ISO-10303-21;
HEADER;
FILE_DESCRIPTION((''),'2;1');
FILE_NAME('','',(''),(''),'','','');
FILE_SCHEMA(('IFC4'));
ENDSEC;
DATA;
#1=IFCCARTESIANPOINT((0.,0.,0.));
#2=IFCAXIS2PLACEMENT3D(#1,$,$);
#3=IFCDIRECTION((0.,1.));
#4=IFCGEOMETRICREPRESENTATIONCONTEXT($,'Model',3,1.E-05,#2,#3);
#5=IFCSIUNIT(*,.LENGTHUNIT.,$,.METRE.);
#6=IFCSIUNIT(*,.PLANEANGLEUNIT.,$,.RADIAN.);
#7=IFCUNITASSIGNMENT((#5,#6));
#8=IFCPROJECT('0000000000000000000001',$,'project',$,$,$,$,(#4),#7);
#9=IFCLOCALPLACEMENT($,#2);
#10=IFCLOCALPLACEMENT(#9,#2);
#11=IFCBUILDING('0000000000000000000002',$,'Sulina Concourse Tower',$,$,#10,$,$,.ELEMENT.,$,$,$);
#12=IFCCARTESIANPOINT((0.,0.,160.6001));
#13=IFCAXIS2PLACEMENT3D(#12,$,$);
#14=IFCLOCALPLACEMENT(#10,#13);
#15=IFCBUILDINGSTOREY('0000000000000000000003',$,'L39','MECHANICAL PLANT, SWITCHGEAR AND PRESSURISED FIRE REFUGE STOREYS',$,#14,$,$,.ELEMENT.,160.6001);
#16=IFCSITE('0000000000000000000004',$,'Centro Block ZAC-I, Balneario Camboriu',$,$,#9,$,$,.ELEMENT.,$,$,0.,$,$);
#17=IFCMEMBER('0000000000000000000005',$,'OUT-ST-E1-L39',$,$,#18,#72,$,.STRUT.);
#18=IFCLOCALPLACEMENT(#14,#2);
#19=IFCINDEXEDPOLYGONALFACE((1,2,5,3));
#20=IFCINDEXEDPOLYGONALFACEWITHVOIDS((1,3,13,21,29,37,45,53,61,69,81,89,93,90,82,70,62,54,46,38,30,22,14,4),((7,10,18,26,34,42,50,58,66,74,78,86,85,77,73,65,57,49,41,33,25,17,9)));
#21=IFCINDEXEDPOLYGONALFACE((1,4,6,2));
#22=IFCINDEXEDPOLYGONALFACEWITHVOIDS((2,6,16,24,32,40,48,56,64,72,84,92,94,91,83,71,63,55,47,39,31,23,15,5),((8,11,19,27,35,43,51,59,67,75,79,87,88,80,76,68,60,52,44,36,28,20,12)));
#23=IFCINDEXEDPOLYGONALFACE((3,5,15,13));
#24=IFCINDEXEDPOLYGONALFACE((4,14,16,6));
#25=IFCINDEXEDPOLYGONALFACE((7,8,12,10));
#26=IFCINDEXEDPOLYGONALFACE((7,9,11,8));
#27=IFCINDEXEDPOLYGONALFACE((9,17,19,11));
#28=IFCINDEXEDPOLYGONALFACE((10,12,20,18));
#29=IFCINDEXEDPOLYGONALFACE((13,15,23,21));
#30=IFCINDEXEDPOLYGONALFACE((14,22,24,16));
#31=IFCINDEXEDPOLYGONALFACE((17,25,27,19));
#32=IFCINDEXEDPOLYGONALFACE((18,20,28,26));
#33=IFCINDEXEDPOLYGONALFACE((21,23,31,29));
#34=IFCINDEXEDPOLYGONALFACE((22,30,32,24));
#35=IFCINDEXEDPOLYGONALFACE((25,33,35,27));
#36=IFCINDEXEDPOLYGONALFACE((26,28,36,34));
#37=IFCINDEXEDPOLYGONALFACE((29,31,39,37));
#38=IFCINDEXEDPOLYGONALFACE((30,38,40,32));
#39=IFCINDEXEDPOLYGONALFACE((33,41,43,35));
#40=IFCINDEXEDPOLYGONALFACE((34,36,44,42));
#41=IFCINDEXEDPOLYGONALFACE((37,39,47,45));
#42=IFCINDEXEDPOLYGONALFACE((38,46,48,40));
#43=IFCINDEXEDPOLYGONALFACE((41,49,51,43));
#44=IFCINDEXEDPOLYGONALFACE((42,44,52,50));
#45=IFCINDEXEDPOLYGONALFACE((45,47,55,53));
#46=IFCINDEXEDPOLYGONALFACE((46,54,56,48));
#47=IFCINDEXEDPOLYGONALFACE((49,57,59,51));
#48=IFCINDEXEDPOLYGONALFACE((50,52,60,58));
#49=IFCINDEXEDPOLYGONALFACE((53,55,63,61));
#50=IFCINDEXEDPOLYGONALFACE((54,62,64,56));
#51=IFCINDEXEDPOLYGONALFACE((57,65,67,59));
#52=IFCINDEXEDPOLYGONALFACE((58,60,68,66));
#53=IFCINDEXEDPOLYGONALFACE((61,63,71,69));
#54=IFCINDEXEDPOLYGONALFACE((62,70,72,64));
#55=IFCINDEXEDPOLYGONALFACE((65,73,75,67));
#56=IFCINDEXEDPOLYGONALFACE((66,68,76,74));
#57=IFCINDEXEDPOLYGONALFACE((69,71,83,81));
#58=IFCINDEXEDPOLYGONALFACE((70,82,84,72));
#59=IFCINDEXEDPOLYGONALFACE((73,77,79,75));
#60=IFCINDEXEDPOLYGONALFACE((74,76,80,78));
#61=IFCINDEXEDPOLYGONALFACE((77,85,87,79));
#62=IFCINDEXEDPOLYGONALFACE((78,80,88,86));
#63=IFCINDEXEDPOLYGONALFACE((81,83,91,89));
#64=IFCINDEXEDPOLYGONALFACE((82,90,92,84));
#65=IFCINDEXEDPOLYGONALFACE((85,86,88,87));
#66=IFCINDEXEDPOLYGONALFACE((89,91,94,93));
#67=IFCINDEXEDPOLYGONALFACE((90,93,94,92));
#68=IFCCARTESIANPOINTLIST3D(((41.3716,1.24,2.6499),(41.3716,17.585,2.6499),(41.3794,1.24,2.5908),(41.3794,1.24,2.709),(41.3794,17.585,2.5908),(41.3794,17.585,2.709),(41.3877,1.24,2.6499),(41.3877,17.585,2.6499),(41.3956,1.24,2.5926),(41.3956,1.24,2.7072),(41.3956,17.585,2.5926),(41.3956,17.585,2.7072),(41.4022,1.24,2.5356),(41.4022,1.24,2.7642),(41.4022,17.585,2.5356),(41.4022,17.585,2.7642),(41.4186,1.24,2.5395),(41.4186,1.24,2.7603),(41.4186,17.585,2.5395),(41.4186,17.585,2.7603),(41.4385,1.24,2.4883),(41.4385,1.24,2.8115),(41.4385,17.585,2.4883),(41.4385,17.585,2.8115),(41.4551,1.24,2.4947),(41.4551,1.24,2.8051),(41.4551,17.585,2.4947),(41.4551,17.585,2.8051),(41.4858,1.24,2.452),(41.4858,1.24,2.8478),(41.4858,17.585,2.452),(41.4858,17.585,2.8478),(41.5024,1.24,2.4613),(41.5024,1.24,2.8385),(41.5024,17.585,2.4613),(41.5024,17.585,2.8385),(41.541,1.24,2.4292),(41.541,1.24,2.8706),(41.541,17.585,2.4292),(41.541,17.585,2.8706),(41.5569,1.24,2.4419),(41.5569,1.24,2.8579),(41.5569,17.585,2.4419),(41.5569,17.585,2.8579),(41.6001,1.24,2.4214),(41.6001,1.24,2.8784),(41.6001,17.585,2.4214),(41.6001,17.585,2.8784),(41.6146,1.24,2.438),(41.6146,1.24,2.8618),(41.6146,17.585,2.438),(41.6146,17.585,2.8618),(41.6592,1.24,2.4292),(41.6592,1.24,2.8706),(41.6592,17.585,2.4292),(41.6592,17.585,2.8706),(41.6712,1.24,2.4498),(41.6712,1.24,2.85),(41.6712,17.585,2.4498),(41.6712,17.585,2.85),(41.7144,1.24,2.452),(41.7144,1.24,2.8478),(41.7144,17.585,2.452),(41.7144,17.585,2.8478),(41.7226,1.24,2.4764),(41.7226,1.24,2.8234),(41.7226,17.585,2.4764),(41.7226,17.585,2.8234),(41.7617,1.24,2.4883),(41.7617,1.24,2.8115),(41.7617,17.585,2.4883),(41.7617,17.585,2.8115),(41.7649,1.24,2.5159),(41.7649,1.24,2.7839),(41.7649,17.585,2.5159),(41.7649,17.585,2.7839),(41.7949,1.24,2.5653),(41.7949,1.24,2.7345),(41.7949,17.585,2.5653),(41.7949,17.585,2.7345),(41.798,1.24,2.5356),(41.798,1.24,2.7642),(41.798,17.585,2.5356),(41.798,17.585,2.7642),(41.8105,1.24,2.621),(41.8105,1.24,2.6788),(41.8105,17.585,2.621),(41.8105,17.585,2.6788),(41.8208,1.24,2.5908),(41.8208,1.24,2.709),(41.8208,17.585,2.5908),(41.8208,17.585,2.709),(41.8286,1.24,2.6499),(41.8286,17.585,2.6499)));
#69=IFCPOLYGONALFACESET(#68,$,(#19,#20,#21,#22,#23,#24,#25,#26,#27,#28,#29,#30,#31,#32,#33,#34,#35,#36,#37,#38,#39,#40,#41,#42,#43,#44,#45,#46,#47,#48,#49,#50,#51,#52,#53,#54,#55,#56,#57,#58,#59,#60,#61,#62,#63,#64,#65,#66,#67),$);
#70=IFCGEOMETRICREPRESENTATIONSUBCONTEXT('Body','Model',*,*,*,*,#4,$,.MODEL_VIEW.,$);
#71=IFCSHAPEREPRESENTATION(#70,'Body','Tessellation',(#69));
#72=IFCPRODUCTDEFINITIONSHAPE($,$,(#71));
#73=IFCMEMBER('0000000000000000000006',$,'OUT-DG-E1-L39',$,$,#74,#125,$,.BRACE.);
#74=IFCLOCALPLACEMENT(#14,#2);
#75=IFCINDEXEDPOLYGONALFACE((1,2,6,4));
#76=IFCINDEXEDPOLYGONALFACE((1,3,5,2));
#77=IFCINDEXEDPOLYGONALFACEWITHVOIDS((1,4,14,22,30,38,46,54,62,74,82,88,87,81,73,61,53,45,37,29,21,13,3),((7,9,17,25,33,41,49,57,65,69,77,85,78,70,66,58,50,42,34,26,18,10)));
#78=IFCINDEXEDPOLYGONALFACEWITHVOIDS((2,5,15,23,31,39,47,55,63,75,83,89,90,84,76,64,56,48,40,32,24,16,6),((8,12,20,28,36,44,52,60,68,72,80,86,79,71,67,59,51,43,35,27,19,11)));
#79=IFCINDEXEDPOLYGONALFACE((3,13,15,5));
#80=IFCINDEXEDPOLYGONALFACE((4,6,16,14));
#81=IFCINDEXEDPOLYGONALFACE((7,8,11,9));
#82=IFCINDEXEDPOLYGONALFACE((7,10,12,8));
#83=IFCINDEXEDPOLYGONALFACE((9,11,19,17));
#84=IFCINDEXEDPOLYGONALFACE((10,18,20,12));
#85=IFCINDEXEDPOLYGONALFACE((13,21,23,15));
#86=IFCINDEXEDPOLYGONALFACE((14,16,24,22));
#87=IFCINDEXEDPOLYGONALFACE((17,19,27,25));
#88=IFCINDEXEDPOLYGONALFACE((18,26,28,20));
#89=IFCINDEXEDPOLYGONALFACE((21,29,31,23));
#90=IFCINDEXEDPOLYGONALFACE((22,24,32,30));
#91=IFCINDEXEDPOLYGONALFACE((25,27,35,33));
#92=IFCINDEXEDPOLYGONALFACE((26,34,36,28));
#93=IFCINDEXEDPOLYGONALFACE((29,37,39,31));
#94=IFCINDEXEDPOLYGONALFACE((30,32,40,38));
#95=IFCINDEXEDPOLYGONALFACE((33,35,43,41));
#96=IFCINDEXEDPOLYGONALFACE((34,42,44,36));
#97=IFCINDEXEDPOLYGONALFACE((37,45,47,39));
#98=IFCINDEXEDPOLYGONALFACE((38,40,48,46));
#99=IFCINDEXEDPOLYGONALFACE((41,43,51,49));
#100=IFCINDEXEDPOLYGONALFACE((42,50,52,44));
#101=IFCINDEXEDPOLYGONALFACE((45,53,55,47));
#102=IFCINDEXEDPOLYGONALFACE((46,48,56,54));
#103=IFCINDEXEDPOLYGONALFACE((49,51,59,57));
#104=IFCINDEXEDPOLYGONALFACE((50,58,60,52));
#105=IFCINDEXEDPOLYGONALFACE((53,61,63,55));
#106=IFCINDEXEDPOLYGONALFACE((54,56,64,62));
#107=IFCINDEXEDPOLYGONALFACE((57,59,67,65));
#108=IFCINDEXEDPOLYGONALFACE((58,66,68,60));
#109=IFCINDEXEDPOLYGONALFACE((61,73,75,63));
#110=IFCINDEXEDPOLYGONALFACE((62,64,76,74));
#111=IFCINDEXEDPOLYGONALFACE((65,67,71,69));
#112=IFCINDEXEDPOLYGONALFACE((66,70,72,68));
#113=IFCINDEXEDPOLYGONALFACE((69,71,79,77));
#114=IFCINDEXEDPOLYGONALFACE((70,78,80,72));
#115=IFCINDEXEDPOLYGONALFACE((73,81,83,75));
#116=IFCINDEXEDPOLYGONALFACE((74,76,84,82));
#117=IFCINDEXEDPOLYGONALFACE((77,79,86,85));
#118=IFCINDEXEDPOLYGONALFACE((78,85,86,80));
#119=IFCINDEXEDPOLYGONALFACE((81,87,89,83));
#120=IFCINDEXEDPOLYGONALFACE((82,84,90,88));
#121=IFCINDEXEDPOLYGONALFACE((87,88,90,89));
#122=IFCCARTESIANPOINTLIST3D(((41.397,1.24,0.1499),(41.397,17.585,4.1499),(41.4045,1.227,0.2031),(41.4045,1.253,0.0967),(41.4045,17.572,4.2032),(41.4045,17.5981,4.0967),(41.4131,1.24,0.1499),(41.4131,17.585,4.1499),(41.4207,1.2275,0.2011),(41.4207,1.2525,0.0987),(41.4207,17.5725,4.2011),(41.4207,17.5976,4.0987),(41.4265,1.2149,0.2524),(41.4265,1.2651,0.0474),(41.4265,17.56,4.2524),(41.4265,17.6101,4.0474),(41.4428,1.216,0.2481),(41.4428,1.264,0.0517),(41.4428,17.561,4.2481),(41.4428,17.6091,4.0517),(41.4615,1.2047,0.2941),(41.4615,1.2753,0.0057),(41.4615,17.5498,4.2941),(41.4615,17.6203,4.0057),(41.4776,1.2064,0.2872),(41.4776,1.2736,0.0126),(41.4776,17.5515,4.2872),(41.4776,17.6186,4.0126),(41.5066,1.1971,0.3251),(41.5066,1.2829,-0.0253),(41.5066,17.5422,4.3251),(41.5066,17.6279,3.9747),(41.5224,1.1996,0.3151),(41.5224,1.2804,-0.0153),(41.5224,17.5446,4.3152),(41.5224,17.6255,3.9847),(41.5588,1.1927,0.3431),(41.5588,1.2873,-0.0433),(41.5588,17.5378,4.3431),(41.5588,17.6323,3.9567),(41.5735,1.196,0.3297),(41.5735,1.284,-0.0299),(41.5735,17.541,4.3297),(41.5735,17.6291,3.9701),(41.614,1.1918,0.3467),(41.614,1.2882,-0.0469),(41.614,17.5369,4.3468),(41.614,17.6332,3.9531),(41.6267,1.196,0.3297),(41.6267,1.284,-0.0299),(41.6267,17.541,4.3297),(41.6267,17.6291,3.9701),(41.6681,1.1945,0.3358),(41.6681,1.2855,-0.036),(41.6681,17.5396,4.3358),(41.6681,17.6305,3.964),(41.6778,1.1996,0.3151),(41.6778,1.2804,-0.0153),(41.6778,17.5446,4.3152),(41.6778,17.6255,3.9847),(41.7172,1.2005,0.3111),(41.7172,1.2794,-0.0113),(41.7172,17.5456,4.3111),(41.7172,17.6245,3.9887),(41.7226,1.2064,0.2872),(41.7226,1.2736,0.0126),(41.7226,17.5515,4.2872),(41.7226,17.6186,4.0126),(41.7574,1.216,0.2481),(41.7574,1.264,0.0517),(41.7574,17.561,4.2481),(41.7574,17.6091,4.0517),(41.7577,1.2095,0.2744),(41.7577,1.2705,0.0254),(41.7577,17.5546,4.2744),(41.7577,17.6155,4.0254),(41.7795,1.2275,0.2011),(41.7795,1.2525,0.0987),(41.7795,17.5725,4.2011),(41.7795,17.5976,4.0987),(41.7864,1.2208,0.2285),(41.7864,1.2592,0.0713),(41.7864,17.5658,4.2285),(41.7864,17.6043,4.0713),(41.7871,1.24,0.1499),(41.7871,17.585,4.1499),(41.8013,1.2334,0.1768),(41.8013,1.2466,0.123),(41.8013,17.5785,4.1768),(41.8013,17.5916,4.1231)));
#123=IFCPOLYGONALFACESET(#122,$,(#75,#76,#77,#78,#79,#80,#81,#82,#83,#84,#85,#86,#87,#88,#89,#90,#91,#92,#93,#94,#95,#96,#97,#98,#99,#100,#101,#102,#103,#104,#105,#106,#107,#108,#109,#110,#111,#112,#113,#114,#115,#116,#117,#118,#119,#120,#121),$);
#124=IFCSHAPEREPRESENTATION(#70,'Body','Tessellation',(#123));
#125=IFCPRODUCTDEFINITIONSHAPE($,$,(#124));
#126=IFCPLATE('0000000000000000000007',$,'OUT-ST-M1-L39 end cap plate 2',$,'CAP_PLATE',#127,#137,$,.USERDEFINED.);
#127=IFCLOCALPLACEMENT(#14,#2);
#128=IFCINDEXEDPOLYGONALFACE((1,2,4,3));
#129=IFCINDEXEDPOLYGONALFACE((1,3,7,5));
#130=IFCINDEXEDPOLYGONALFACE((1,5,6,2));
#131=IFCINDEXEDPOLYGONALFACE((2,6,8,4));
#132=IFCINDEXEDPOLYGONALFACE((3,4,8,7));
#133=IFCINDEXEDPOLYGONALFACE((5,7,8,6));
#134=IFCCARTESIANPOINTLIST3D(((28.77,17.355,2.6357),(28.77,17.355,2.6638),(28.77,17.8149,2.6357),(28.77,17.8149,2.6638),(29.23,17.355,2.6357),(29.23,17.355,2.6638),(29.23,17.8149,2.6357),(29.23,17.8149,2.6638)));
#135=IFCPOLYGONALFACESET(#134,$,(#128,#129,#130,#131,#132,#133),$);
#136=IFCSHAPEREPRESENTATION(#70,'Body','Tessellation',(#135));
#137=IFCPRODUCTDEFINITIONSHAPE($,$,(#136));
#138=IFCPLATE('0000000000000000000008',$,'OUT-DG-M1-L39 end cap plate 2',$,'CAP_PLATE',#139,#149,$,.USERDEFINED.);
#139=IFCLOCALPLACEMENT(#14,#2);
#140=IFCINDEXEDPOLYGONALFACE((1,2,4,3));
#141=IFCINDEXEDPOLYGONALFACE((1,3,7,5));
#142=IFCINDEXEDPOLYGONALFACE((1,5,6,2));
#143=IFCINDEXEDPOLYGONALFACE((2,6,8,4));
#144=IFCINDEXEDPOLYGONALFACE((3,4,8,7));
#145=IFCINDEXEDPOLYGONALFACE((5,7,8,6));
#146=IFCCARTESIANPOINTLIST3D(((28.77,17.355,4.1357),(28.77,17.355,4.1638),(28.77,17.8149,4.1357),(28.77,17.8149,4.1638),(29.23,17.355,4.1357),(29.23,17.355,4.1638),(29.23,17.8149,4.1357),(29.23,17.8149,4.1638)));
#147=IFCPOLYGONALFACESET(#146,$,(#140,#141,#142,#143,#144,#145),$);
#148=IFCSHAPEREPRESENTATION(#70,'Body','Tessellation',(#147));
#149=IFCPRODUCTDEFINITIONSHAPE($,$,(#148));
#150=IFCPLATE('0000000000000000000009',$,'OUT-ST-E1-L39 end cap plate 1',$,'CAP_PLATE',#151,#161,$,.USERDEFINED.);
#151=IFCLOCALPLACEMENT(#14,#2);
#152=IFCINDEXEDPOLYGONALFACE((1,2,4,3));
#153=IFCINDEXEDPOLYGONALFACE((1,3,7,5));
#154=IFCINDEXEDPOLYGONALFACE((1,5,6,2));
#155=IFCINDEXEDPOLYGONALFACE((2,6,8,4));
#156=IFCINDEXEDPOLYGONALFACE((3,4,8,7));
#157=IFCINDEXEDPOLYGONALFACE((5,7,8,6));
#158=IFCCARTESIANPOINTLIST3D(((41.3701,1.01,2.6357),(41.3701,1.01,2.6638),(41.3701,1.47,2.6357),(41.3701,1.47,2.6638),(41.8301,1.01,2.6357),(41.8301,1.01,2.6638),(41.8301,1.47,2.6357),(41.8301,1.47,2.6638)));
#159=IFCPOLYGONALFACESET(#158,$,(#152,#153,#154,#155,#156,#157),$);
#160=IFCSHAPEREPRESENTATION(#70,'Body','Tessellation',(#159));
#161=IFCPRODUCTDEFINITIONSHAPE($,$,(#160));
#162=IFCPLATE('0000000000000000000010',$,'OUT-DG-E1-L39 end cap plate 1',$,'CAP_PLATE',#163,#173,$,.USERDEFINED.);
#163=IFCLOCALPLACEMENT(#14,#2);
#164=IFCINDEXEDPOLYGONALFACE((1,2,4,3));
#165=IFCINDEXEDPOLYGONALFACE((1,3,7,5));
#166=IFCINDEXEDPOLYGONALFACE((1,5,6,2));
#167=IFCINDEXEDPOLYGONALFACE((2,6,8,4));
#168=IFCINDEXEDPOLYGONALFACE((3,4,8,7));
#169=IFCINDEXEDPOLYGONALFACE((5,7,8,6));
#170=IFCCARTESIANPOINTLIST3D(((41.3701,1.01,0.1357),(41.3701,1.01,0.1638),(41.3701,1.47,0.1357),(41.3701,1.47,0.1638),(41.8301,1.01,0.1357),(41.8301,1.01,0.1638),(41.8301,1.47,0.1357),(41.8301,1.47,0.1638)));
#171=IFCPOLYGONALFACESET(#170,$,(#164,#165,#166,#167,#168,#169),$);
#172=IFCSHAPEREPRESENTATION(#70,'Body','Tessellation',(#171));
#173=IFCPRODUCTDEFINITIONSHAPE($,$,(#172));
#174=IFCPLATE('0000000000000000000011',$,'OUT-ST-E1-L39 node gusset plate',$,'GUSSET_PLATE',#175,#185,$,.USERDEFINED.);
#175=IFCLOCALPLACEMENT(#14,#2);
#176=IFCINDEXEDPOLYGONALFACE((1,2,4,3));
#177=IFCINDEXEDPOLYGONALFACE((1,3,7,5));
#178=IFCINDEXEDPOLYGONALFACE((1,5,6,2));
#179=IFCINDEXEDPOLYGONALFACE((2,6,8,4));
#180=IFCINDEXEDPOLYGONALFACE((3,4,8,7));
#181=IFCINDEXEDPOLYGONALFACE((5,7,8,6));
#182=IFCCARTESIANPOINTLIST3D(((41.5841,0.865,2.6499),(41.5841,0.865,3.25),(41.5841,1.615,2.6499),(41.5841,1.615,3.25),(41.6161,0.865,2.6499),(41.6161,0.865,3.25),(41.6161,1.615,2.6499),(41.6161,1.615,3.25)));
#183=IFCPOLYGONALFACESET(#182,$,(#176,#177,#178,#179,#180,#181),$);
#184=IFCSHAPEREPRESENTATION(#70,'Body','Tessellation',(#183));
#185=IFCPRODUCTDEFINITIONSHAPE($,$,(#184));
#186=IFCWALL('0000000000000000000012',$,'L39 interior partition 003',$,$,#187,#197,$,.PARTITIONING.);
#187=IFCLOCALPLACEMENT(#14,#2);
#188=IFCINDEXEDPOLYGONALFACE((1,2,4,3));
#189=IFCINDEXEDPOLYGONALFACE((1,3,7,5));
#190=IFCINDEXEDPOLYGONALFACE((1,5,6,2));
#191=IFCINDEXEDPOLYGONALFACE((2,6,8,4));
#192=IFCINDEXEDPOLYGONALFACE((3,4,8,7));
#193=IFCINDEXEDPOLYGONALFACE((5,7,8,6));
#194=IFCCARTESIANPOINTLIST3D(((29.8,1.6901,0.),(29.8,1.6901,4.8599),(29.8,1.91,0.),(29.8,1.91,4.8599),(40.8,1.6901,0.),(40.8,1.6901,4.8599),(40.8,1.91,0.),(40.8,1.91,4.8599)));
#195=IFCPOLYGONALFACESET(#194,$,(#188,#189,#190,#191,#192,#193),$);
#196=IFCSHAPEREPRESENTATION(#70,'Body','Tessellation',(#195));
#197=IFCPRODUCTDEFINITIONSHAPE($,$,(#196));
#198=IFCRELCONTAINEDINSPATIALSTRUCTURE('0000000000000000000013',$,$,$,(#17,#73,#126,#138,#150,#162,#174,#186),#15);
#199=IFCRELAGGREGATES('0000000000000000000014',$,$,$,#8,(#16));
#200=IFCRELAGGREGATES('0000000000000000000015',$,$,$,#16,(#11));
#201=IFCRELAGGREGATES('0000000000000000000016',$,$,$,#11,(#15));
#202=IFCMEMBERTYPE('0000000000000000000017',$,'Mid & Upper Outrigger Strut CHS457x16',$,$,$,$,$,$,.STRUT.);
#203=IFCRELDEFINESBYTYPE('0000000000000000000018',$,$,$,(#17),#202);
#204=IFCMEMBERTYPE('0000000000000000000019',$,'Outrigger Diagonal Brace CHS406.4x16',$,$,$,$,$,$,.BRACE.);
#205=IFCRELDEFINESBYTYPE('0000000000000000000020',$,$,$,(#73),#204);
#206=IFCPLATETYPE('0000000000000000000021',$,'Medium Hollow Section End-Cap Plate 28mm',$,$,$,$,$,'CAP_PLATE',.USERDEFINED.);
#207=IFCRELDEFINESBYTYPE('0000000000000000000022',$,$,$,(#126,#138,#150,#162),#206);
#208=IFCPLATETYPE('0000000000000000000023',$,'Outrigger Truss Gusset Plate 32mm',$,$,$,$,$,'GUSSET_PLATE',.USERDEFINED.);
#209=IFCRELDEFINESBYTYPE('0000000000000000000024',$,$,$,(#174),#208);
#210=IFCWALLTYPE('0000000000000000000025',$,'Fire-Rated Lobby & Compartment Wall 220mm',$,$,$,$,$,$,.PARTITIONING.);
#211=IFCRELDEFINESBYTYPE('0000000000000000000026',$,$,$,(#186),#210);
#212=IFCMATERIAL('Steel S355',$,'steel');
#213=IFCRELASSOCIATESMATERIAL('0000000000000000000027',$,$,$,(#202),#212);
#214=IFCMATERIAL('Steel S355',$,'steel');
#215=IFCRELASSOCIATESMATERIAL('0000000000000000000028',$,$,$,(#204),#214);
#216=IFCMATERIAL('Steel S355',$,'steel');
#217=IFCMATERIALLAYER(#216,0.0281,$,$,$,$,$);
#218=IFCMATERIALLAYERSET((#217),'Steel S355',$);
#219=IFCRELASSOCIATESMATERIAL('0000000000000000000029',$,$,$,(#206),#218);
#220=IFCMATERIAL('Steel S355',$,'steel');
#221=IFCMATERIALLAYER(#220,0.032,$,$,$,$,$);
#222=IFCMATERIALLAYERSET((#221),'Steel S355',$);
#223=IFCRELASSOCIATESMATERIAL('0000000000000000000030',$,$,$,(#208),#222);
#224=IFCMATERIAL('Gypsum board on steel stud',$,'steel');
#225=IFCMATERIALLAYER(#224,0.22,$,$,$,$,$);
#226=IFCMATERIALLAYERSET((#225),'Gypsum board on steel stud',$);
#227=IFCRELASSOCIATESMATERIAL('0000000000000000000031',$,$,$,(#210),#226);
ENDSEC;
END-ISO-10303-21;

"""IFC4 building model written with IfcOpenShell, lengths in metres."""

from ifc_helpers import new_model, si_unit, direction, frame, frame_2d, origin, origin_2d, place, context, subcontext, project, spatial, rectangle, hollow_circle, extrude, material, layer, layer_set, material_profile, profile_set, type_object, element, save


model = new_model("IFC4")

# Units and contexts
model_context = context("Model", 3, precision=1e-05, world=origin(), true_north=direction((0.0, 1.0)))
body_context = subcontext(model_context, "Body", "Model", "MODEL_VIEW")
ifc_project = project(units=[si_unit("LENGTHUNIT", "METRE"), si_unit("PLANEANGLEUNIT", "RADIAN")], contexts=[model_context])

# Site, building, storey
site_placement = place(None, origin())
site = spatial("IfcSite", under=ifc_project, at=site_placement, Name="Centro Block ZAC-I, Balneario Camboriu", CompositionType="ELEMENT", RefElevation=0.0)
building_placement = place(site_placement, origin())
building = spatial("IfcBuilding", under=site, at=building_placement, Name="Sulina Concourse Tower", CompositionType="ELEMENT")
storey_placement = place(building_placement, frame((0.0, 0.0, 160.6001)))
storey = spatial("IfcBuildingStorey", under=building, at=storey_placement, Name="L39", Description="MECHANICAL PLANT, SWITCHGEAR AND PRESSURISED FIRE REFUGE STOREYS", CompositionType="ELEMENT", Elevation=160.6001)

# Members
ifc_material_1 = material(Name="Steel S355", Category="steel")
ifc_material_profile_1 = material_profile(ifc_material_1, hollow_circle(Radius=0.2285, WallThickness=0.0161, at=origin_2d()), Name="CHS 457x16")
ifc_profile_set_1 = profile_set([ifc_material_profile_1], Name="Steel S355")
member_type_1 = type_object("IfcMemberType", Name="Mid & Upper Outrigger Strut CHS457x16", PredefinedType="STRUT", material=ifc_profile_set_1)
member_1_placement = place(storey_placement, frame((41.6001, 1.24, 2.6499), z_axis=(0.0, 1.0, 0.0), x_axis=(-1.0, 0.0, 0.0)))
element("IfcMember", 1, at=member_1_placement, inside=storey, type_object=member_type_1, Name="OUT-ST-E1-L39", PredefinedType="STRUT", context=body_context, shape_type="SweptSolid", body=[
    extrude(hollow_circle(Radius=0.2285, WallThickness=0.0161, at=origin_2d()), origin(), (0.0, 0.0, 1.0), 16.345),
])
ifc_material_2 = material(Name="Steel S355", Category="steel")
ifc_material_profile_2 = material_profile(ifc_material_2, hollow_circle(Radius=0.2031, WallThickness=0.0161, at=origin_2d()), Name="CHS 406.4x16")
ifc_profile_set_2 = profile_set([ifc_material_profile_2], Name="Steel S355")
member_type_2 = type_object("IfcMemberType", Name="Outrigger Diagonal Brace CHS406.4x16", PredefinedType="BRACE", material=ifc_profile_set_2)
member_2_placement = place(storey_placement, frame((41.6001, 1.24, 0.1499), z_axis=(0.0, 0.971336, 0.237709), x_axis=(-1.0, 0.0, 0.0)))
element("IfcMember", 2, at=member_2_placement, inside=storey, type_object=member_type_2, Name="OUT-DG-E1-L39", PredefinedType="BRACE", context=body_context, shape_type="SweptSolid", body=[
    extrude(hollow_circle(Radius=0.2031, WallThickness=0.0161, at=origin_2d()), origin(), (0.0, 0.0, 1.0), 16.8274),
])

# Plates
ifc_material_3 = material(Name="Steel S355", Category="steel")
ifc_layer_1 = layer(ifc_material_3, 0.0281)
ifc_layer_set_1 = layer_set([ifc_layer_1], Name="Steel S355")
plate_type_1 = type_object("IfcPlateType", Name="Medium Hollow Section End-Cap Plate 28mm", ElementType="CAP_PLATE", PredefinedType="USERDEFINED", material=ifc_layer_set_1)
for number, where, z_axis, x_axis, name in (
    (3, (29.0, 17.585, 2.6357), (0.0, 0.0, 1.0), (1.0, 0.0, 0.0), "OUT-ST-M1-L39 end cap plate 2"),
    (4, (29.0, 17.585, 4.1357), (0.0, 0.0, 1.0), (1.0, 0.0, 0.0), "OUT-DG-M1-L39 end cap plate 2"),
    (5, (41.6001, 1.24, 2.6357), (0.0, 0.0, 1.0), (1.0, 0.0, 0.0), "OUT-ST-E1-L39 end cap plate 1"),
    (6, (41.6001, 1.24, 0.1357), (0.0, 0.0, 1.0), (1.0, 0.0, 0.0), "OUT-DG-E1-L39 end cap plate 1"),
):
    element("IfcPlate", number, at=place(storey_placement, frame(where, z_axis=z_axis, x_axis=x_axis)), inside=storey, type_object=plate_type_1, Name=name, ObjectType="CAP_PLATE", PredefinedType="USERDEFINED", context=body_context, shape_type="SweptSolid", body=[
        extrude(rectangle(XDim=0.46, YDim=0.46, at=origin_2d()), origin(), (0.0, 0.0, 1.0), 0.0281),
    ])
ifc_material_4 = material(Name="Steel S355", Category="steel")
ifc_layer_2 = layer(ifc_material_4, 0.032)
ifc_layer_set_2 = layer_set([ifc_layer_2], Name="Steel S355")
plate_type_2 = type_object("IfcPlateType", Name="Outrigger Truss Gusset Plate 32mm", ElementType="GUSSET_PLATE", PredefinedType="USERDEFINED", material=ifc_layer_set_2)
plate_placement = place(storey_placement, frame((41.6001, 1.24, 2.6499), z_axis=(0.0, 0.0, 1.0), x_axis=(1.0, 0.0, 0.0)))
element("IfcPlate", 7, at=plate_placement, inside=storey, type_object=plate_type_2, Name="OUT-ST-E1-L39 node gusset plate", ObjectType="GUSSET_PLATE", PredefinedType="USERDEFINED", context=body_context, shape_type="SweptSolid", body=[
    extrude(rectangle(XDim=0.032, YDim=0.75, at=origin_2d()), origin(), (0.0, 0.0, 1.0), 0.6001),
])

# Wall
ifc_material_5 = material(Name="Gypsum board on steel stud", Category="steel")
ifc_layer_3 = layer(ifc_material_5, 0.22)
ifc_layer_set_3 = layer_set([ifc_layer_3], Name="Gypsum board on steel stud")
wall_type_1 = type_object("IfcWallType", Name="Fire-Rated Lobby & Compartment Wall 220mm", PredefinedType="PARTITIONING", material=ifc_layer_set_3)
wall_1_placement = place(storey_placement, frame((29.8, 1.8, 0.0), z_axis=(0.0, 0.0, 1.0), x_axis=(1.0, 0.0, 0.0)))
element("IfcWall", 8, at=wall_1_placement, inside=storey, type_object=wall_type_1, Name="L39 interior partition 003", PredefinedType="PARTITIONING", context=body_context, shape_type="SweptSolid", body=[
    extrude(rectangle(XDim=11.0, YDim=0.22, at=frame_2d((5.5, 0.0))), origin(), (0.0, 0.0, 1.0), 4.8599),
])

save(model, "model.ifc")
